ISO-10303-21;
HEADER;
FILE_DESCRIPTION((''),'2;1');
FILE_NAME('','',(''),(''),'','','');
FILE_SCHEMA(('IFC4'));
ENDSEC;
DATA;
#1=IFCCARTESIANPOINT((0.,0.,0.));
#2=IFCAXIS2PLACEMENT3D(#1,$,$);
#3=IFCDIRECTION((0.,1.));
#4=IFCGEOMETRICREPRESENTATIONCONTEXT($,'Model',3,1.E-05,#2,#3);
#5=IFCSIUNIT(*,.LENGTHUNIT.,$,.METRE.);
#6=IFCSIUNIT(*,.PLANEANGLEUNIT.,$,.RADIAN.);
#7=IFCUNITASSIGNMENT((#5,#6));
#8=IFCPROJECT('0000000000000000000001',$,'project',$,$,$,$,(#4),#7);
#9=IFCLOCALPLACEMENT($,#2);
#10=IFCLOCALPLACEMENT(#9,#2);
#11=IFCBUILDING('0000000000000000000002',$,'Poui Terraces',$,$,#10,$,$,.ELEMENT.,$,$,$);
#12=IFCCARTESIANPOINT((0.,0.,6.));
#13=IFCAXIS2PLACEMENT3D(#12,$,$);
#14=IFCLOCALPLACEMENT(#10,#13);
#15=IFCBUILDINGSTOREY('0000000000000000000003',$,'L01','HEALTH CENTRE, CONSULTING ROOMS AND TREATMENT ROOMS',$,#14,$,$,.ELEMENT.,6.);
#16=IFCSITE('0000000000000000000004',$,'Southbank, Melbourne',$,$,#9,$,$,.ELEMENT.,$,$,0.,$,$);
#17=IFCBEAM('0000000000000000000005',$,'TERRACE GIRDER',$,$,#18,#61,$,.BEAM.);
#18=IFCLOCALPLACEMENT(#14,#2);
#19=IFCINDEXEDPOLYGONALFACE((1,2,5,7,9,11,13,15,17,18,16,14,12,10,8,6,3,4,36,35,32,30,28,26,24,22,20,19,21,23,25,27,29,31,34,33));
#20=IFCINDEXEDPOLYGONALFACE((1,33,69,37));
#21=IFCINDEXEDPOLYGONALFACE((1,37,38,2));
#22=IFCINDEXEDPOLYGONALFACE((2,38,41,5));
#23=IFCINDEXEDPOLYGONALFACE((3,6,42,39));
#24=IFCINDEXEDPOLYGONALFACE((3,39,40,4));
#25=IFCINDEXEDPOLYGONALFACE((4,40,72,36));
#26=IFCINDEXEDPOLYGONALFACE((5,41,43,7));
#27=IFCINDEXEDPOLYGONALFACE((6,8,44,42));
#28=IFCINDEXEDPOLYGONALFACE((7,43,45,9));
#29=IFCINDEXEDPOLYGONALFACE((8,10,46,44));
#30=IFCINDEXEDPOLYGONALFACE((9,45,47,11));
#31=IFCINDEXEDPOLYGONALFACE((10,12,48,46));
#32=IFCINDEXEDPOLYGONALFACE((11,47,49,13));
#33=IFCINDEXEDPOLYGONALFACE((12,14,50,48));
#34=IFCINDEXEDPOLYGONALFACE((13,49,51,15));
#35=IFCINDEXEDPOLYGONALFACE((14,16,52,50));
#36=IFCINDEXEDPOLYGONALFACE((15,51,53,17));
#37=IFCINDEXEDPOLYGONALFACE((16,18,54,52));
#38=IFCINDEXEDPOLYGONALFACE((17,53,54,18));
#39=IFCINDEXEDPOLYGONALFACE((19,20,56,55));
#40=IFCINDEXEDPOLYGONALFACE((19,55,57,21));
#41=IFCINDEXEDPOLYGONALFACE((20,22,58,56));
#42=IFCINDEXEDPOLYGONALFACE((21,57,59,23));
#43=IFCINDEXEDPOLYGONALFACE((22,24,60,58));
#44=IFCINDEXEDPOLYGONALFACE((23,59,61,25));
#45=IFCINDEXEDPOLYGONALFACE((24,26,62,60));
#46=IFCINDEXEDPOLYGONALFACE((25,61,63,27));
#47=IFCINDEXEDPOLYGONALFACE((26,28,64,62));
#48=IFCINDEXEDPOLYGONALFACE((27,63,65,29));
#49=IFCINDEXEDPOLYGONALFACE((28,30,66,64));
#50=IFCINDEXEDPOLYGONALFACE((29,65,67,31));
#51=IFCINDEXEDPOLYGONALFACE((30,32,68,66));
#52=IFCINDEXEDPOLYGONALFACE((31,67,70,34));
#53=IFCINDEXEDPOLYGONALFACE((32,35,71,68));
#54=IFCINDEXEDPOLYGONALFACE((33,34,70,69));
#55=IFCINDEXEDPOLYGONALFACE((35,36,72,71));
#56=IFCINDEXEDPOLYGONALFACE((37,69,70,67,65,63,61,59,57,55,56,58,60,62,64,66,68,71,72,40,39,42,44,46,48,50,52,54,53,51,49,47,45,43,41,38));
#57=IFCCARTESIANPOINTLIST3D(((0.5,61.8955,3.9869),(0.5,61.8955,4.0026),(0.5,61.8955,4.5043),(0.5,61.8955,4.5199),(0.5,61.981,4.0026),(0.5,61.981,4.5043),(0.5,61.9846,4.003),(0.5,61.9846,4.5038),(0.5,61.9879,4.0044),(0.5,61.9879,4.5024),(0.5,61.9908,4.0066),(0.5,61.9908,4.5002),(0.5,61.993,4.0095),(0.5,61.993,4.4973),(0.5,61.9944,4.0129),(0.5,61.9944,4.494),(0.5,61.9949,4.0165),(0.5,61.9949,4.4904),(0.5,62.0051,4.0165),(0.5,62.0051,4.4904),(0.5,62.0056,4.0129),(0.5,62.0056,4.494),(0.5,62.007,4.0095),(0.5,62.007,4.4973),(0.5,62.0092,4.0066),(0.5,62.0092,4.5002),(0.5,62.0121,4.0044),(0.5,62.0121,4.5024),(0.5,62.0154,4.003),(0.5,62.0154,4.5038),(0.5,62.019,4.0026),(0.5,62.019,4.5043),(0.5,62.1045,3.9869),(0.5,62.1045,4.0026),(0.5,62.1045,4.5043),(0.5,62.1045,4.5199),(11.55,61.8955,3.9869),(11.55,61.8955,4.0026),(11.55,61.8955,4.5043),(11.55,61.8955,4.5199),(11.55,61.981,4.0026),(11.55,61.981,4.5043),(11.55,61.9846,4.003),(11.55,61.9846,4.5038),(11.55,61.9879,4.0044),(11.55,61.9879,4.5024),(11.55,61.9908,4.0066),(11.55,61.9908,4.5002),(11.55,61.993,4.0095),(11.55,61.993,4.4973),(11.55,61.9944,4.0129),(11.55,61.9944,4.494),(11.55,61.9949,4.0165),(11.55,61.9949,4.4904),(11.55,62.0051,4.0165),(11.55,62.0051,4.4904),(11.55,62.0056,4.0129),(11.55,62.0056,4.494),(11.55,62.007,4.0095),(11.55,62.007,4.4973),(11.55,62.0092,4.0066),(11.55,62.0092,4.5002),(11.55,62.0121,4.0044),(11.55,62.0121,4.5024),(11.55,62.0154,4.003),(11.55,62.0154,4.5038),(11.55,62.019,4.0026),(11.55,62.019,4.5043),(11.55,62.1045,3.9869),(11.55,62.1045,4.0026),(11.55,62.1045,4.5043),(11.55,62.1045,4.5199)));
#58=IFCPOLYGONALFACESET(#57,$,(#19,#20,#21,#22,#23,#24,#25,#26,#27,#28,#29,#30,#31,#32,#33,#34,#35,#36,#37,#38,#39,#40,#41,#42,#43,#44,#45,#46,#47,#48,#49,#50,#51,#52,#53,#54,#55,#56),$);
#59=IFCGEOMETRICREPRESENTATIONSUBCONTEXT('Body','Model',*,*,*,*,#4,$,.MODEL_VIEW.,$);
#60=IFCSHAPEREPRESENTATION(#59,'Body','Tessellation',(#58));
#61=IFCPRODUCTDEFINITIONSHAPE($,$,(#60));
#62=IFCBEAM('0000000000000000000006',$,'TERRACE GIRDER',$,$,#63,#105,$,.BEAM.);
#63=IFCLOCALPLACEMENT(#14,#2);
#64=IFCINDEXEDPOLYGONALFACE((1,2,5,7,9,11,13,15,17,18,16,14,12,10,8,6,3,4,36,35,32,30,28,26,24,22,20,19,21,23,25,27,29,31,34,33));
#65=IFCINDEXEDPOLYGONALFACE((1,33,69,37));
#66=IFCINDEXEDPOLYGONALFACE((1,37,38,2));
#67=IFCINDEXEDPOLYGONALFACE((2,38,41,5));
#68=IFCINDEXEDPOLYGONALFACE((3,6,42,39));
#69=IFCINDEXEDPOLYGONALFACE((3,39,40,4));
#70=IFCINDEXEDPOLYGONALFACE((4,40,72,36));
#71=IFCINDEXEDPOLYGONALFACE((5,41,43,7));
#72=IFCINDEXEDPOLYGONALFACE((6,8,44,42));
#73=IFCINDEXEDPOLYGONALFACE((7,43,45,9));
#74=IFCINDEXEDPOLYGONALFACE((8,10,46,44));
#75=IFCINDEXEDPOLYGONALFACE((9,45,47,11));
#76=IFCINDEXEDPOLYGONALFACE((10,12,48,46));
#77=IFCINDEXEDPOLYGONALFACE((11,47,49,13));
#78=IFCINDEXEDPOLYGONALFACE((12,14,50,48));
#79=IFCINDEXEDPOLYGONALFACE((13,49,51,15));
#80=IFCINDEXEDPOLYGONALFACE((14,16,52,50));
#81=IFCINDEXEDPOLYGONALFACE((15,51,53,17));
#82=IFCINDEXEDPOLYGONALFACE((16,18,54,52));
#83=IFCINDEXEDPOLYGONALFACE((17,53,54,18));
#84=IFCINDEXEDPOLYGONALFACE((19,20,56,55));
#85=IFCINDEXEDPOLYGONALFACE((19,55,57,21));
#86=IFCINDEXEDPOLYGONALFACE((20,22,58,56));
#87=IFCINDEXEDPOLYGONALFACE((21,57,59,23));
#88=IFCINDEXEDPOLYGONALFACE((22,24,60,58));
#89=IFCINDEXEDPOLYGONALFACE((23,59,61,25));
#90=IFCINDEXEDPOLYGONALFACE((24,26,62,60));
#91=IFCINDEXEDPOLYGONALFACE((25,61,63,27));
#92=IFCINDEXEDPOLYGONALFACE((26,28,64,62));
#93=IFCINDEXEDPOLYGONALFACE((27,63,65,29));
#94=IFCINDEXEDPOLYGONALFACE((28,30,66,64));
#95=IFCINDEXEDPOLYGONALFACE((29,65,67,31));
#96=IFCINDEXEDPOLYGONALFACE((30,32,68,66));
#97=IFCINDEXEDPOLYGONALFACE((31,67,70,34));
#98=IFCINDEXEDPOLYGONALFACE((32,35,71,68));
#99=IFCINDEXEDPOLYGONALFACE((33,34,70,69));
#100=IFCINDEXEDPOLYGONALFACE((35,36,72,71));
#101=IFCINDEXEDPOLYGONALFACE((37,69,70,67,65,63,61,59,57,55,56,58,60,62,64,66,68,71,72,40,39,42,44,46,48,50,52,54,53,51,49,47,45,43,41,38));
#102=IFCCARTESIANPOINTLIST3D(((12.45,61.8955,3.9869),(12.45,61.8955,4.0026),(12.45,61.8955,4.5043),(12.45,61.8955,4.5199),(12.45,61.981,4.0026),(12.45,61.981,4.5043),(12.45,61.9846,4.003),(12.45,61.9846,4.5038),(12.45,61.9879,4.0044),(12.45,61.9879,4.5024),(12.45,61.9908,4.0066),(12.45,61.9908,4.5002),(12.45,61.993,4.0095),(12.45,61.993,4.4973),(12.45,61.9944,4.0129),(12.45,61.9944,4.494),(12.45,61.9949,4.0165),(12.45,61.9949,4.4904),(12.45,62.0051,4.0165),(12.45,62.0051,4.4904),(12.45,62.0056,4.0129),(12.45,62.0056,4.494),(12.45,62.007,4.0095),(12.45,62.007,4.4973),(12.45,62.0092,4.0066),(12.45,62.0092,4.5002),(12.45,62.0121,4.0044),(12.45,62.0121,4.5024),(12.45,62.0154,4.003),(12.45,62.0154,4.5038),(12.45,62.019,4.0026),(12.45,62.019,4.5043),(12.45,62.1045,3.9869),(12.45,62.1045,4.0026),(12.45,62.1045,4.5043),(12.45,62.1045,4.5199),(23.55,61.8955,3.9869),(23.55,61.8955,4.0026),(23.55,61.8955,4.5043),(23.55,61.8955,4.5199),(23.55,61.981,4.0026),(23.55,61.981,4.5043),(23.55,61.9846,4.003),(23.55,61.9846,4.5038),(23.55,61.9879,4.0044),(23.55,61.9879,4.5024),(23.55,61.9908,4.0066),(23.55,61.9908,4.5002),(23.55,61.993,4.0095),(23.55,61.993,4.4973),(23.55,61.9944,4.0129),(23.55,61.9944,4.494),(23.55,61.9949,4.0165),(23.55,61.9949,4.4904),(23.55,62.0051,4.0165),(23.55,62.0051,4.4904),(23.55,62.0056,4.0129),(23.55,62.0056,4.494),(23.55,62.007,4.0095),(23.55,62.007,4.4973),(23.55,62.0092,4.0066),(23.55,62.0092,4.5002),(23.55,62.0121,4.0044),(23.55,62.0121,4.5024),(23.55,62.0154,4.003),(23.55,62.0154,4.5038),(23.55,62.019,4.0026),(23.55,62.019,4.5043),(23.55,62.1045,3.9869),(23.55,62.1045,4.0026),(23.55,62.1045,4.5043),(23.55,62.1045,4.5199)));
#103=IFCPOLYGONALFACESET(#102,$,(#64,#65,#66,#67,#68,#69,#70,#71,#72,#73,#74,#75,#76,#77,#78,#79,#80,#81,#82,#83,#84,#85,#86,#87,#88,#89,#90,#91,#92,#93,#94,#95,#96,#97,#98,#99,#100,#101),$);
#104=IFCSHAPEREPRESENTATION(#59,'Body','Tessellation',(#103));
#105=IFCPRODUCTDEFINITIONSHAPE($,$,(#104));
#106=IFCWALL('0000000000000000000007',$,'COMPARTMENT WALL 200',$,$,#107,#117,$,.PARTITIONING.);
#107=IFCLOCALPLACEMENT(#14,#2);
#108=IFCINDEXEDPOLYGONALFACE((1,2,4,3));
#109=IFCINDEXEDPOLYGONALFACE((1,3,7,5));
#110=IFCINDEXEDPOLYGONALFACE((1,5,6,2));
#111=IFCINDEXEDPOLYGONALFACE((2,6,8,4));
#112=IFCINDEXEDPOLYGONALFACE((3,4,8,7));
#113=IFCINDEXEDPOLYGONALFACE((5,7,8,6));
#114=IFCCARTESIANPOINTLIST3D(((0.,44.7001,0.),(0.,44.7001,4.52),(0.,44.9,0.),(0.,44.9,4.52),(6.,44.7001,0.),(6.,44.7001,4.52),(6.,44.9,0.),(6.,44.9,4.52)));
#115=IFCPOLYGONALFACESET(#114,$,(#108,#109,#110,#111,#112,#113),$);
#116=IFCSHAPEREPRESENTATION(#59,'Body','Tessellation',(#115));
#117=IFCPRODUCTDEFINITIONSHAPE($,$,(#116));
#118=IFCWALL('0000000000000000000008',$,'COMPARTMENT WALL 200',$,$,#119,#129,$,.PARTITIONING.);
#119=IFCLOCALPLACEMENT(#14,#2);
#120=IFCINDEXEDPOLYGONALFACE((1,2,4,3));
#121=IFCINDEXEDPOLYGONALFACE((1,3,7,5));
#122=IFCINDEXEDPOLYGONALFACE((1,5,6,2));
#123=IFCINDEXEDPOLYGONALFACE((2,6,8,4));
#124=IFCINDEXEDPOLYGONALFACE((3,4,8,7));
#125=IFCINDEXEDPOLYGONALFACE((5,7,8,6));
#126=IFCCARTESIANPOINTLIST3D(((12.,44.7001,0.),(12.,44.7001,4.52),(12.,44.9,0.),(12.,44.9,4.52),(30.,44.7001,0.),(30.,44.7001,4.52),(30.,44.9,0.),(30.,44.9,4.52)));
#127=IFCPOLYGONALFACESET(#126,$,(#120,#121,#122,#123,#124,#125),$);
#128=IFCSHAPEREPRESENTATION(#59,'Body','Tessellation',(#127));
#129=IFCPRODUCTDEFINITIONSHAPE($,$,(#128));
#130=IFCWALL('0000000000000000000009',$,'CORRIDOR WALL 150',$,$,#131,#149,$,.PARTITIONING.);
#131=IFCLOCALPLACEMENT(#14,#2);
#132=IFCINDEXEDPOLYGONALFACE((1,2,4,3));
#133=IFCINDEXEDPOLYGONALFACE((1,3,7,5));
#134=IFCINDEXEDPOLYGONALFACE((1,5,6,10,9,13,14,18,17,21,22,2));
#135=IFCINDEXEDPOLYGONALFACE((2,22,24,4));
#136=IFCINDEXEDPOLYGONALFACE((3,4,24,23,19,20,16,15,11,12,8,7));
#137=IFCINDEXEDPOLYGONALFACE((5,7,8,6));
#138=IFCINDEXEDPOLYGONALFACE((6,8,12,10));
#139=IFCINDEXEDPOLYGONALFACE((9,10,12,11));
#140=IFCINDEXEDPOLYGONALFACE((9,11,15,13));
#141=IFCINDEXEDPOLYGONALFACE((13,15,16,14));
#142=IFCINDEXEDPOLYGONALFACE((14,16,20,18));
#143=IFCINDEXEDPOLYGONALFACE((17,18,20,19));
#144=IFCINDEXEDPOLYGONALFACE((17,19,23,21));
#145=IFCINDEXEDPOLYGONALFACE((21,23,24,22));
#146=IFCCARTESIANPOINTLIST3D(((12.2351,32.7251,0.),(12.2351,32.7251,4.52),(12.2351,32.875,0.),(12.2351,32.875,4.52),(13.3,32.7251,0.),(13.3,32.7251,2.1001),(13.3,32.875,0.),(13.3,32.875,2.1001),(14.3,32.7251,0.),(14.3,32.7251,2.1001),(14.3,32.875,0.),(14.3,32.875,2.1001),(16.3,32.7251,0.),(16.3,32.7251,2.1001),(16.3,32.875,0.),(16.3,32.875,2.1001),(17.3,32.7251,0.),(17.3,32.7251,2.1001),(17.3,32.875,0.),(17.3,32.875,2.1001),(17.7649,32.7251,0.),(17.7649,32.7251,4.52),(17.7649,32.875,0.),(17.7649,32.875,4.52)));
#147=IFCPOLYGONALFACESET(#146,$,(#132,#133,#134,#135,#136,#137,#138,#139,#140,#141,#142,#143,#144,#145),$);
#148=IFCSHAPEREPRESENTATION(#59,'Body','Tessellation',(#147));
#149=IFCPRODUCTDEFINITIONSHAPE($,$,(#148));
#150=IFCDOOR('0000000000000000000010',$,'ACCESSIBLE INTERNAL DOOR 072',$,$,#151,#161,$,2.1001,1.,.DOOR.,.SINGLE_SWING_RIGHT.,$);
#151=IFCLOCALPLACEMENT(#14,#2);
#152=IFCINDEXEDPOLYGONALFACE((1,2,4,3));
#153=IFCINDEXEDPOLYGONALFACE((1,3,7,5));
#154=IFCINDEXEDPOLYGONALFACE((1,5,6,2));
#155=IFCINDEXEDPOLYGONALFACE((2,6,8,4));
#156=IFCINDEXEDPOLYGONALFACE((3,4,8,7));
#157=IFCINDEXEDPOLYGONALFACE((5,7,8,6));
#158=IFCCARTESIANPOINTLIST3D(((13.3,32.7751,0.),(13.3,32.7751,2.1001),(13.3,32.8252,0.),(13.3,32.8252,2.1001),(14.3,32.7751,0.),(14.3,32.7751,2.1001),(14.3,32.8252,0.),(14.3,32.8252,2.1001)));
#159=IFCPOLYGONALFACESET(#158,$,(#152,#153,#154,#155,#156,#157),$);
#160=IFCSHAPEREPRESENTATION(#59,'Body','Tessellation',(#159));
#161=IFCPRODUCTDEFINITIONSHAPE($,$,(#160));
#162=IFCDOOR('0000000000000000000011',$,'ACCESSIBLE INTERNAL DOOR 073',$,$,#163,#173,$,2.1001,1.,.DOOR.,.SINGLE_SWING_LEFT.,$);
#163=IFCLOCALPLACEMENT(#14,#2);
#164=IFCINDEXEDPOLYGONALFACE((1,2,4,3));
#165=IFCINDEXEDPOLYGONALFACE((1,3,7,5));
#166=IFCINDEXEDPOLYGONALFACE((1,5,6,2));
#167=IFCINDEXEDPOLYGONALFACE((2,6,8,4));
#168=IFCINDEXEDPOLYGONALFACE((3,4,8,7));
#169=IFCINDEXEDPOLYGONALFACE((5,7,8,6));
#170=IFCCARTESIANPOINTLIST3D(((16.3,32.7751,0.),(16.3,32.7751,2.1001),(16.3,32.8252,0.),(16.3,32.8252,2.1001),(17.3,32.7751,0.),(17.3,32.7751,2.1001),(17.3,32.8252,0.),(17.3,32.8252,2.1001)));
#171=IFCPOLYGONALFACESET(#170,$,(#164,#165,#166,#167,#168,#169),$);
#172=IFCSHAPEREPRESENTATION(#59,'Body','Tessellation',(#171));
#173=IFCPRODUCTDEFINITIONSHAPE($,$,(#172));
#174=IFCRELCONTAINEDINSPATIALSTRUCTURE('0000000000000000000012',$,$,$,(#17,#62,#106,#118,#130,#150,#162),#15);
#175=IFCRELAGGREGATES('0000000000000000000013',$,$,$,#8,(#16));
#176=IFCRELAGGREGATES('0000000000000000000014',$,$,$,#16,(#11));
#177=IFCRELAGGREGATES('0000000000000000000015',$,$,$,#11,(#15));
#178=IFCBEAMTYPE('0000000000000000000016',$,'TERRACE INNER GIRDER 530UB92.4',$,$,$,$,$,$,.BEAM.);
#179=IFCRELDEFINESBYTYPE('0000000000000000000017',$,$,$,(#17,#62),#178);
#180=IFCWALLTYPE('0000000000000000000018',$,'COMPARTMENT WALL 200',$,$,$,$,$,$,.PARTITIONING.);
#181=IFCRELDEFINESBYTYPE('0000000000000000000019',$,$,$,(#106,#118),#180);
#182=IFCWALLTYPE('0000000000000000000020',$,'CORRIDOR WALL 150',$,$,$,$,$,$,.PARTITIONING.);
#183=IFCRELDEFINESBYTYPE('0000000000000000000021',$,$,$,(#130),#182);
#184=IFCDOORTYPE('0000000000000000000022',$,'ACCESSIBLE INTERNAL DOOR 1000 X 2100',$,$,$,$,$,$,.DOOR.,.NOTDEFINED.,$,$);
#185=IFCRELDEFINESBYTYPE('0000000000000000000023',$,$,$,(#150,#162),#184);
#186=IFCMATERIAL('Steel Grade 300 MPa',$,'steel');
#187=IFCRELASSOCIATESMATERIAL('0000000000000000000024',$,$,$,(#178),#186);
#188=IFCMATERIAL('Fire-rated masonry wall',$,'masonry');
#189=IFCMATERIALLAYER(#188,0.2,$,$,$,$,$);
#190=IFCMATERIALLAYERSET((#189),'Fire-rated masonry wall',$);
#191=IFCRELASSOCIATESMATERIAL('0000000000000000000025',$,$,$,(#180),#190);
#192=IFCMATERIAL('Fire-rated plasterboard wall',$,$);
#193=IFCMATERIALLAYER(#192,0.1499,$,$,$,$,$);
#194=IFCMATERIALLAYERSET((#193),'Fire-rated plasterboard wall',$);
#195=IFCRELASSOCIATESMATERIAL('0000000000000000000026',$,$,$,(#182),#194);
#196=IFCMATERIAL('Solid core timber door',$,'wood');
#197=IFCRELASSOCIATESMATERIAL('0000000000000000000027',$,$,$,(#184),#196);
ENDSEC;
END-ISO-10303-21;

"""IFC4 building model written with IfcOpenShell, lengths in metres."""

from ifc_helpers import new_model, si_unit, direction, frame, frame_2d, origin, origin_2d, place, context, subcontext, project, spatial, rectangle, i_section, extrude, source, transform, mapped, material, layer, layer_set, material_profile, profile_set, type_object, element, fill, save


model = new_model("IFC4")

# Units and contexts
model_context = context("Model", 3, precision=1e-05, world=origin(), true_north=direction((0.0, 1.0)))
body_context = subcontext(model_context, "Body", "Model", "MODEL_VIEW")
ifc_project = project(units=[si_unit("LENGTHUNIT", "METRE"), si_unit("PLANEANGLEUNIT", "RADIAN")], contexts=[model_context])

# Site, building, storey
site_placement = place(None, origin())
site = spatial("IfcSite", under=ifc_project, at=site_placement, Name="Southbank, Melbourne", CompositionType="ELEMENT", RefElevation=0.0)
building_placement = place(site_placement, origin())
building = spatial("IfcBuilding", under=site, at=building_placement, Name="Poui Terraces", CompositionType="ELEMENT")
storey_placement = place(building_placement, frame((0.0, 0.0, 6.0)))
storey = spatial("IfcBuildingStorey", under=building, at=storey_placement, Name="L01", Description="HEALTH CENTRE, CONSULTING ROOMS AND TREATMENT ROOMS", CompositionType="ELEMENT", Elevation=6.0)

# Beams
ifc_material_1 = material(Name="Steel Grade 300 MPa", Category="steel")
ifc_material_profile_1 = material_profile(ifc_material_1, i_section(OverallWidth=0.209, OverallDepth=0.533, WebThickness=0.0103, FlangeThickness=0.0156, FilletRadius=0.0139, at=origin_2d()), Name="530UB92.4")
ifc_profile_set_1 = profile_set([ifc_material_profile_1], Name="Steel Grade 300 MPa")
beam_type_1 = type_object("IfcBeamType", Name="TERRACE INNER GIRDER 530UB92.4", PredefinedType="BEAM", material=ifc_profile_set_1)
shared_shape_1 = source(origin(), body_context, "Body", "SweptSolid", [
    extrude(i_section(OverallWidth=0.209, OverallDepth=0.533, WebThickness=0.0103, FlangeThickness=0.0156, FilletRadius=0.0139, at=origin_2d()), origin(), (0.0, 0.0, 1.0), 11.05),
])
beam_1_placement = place(storey_placement, frame((0.5, 62.0, 4.2534), z_axis=(1.0, 0.0, 0.0), x_axis=(0.0, 1.0, 0.0)))
element("IfcBeam", 1, at=beam_1_placement, inside=storey, type_object=beam_type_1, Name="TERRACE GIRDER", PredefinedType="BEAM", context=body_context, shape_type="MappedRepresentation", body=[
    mapped(shared_shape_1, transform((0.0, 0.0, 0.0))),
])
shared_shape_2 = source(origin(), body_context, "Body", "SweptSolid", [
    extrude(i_section(OverallWidth=0.209, OverallDepth=0.533, WebThickness=0.0103, FlangeThickness=0.0156, FilletRadius=0.0139, at=origin_2d()), origin(), (0.0, 0.0, 1.0), 11.1001),
])
beam_2_placement = place(storey_placement, frame((12.45, 62.0, 4.2534), z_axis=(1.0, 0.0, 0.0), x_axis=(0.0, 1.0, 0.0)))
element("IfcBeam", 2, at=beam_2_placement, inside=storey, type_object=beam_type_1, Name="TERRACE GIRDER", PredefinedType="BEAM", context=body_context, shape_type="MappedRepresentation", body=[
    mapped(shared_shape_2, transform((0.0, 0.0, 0.0))),
])

# Walls
ifc_material_2 = material(Name="Fire-rated masonry wall", Category="masonry")
ifc_layer_1 = layer(ifc_material_2, 0.2)
ifc_layer_set_1 = layer_set([ifc_layer_1], Name="Fire-rated masonry wall")
wall_type_1 = type_object("IfcWallType", Name="COMPARTMENT WALL 200", PredefinedType="PARTITIONING", material=ifc_layer_set_1)
wall_1_placement = place(storey_placement, frame((0.0, 44.8, 0.0), z_axis=(0.0, 0.0, 1.0), x_axis=(1.0, 0.0, 0.0)))
element("IfcWall", 3, at=wall_1_placement, inside=storey, type_object=wall_type_1, Name="COMPARTMENT WALL 200", PredefinedType="PARTITIONING", context=body_context, shape_type="SweptSolid", body=[
    extrude(rectangle(XDim=6.0, YDim=0.2, at=frame_2d((3.0, 0.0))), origin(), (0.0, 0.0, 1.0), 4.52),
])
wall_2_placement = place(storey_placement, frame((12.0, 44.8, 0.0), z_axis=(0.0, 0.0, 1.0), x_axis=(1.0, 0.0, 0.0)))
element("IfcWall", 4, at=wall_2_placement, inside=storey, type_object=wall_type_1, Name="COMPARTMENT WALL 200", PredefinedType="PARTITIONING", context=body_context, shape_type="SweptSolid", body=[
    extrude(rectangle(XDim=18.0, YDim=0.2, at=frame_2d((9.0, 0.0))), origin(), (0.0, 0.0, 1.0), 4.52),
])

# Wall, openings, doors
ifc_material_3 = material(Name="Fire-rated plasterboard wall")
ifc_layer_2 = layer(ifc_material_3, 0.1499)
ifc_layer_set_2 = layer_set([ifc_layer_2], Name="Fire-rated plasterboard wall")
wall_type_2 = type_object("IfcWallType", Name="CORRIDOR WALL 150", PredefinedType="PARTITIONING", material=ifc_layer_set_2)
wall_3_placement = place(storey_placement, frame((12.2351, 32.8, 0.0), z_axis=(0.0, 0.0, 1.0), x_axis=(1.0, 0.0, 0.0)))
wall_3 = element("IfcWall", 5, at=wall_3_placement, inside=storey, type_object=wall_type_2, Name="CORRIDOR WALL 150", PredefinedType="PARTITIONING", context=body_context, shape_type="SweptSolid", body=[
    extrude(rectangle(XDim=5.5298, YDim=0.1499, at=frame_2d((2.7649, 0.0))), origin(), (0.0, 0.0, 1.0), 4.52),
])
opening_1_placement = place(wall_3_placement, frame((1.0649, 0.0, 0.0)))
opening_1 = element("IfcOpeningElement", 6, at=opening_1_placement, cuts=wall_3, PredefinedType="OPENING", context=body_context, shape_type="SweptSolid", body=[
    extrude(rectangle(XDim=1.0, YDim=2.1001, at=frame_2d((0.5, 1.05))), frame((0.0, 0.085, 0.0), z_axis=(0.0, -1.0, 0.0), x_axis=(1.0, 0.0, 0.0)), (0.0, 0.0, 1.0), 0.1699),
])
opening_2_placement = place(wall_3_placement, frame((4.0649, 0.0, 0.0)))
opening_2 = element("IfcOpeningElement", 7, at=opening_2_placement, cuts=wall_3, PredefinedType="OPENING", context=body_context, shape_type="SweptSolid", body=[
    extrude(rectangle(XDim=1.0, YDim=2.1001, at=frame_2d((0.5, 1.05))), frame((0.0, 0.085, 0.0), z_axis=(0.0, -1.0, 0.0), x_axis=(1.0, 0.0, 0.0)), (0.0, 0.0, 1.0), 0.1699),
])
ifc_material_4 = material(Name="Solid core timber door", Category="wood")
door_type_1 = type_object("IfcDoorType", Name="ACCESSIBLE INTERNAL DOOR 1000 X 2100", OperationType="NOTDEFINED", PredefinedType="DOOR", material=ifc_material_4)
door_1_placement = place(opening_1_placement, frame((1.0, 0.0, 0.0), z_axis=(0.0, 0.0, 1.0), x_axis=(-1.0, 0.0, 0.0)))
door_1 = element("IfcDoor", 8, at=door_1_placement, inside=storey, type_object=door_type_1, Name="ACCESSIBLE INTERNAL DOOR 072", OperationType="SINGLE_SWING_RIGHT", OverallHeight=2.1001, OverallWidth=1.0, PredefinedType="DOOR", context=body_context, shape_type="SweptSolid", body=[
    extrude(rectangle(XDim=1.0, YDim=2.1001, at=frame_2d((0.5, 1.05))), frame((0.0, 0.0249, 0.0), z_axis=(0.0, -1.0, 0.0), x_axis=(1.0, 0.0, 0.0)), (0.0, 0.0, 1.0), 0.05),
])
fill(opening_1, door_1)
door_2_placement = place(opening_2_placement, frame((1.0, 0.0, 0.0), z_axis=(0.0, 0.0, 1.0), x_axis=(-1.0, 0.0, 0.0)))
door_2 = element("IfcDoor", 9, at=door_2_placement, inside=storey, type_object=door_type_1, Name="ACCESSIBLE INTERNAL DOOR 073", OperationType="SINGLE_SWING_LEFT", OverallHeight=2.1001, OverallWidth=1.0, PredefinedType="DOOR", context=body_context, shape_type="SweptSolid", body=[
    extrude(rectangle(XDim=1.0, YDim=2.1001, at=frame_2d((0.5, 1.05))), frame((0.0, 0.0249, 0.0), z_axis=(0.0, -1.0, 0.0), x_axis=(1.0, 0.0, 0.0)), (0.0, 0.0, 1.0), 0.05),
])
fill(opening_2, door_2)

save(model, "model.ifc")
